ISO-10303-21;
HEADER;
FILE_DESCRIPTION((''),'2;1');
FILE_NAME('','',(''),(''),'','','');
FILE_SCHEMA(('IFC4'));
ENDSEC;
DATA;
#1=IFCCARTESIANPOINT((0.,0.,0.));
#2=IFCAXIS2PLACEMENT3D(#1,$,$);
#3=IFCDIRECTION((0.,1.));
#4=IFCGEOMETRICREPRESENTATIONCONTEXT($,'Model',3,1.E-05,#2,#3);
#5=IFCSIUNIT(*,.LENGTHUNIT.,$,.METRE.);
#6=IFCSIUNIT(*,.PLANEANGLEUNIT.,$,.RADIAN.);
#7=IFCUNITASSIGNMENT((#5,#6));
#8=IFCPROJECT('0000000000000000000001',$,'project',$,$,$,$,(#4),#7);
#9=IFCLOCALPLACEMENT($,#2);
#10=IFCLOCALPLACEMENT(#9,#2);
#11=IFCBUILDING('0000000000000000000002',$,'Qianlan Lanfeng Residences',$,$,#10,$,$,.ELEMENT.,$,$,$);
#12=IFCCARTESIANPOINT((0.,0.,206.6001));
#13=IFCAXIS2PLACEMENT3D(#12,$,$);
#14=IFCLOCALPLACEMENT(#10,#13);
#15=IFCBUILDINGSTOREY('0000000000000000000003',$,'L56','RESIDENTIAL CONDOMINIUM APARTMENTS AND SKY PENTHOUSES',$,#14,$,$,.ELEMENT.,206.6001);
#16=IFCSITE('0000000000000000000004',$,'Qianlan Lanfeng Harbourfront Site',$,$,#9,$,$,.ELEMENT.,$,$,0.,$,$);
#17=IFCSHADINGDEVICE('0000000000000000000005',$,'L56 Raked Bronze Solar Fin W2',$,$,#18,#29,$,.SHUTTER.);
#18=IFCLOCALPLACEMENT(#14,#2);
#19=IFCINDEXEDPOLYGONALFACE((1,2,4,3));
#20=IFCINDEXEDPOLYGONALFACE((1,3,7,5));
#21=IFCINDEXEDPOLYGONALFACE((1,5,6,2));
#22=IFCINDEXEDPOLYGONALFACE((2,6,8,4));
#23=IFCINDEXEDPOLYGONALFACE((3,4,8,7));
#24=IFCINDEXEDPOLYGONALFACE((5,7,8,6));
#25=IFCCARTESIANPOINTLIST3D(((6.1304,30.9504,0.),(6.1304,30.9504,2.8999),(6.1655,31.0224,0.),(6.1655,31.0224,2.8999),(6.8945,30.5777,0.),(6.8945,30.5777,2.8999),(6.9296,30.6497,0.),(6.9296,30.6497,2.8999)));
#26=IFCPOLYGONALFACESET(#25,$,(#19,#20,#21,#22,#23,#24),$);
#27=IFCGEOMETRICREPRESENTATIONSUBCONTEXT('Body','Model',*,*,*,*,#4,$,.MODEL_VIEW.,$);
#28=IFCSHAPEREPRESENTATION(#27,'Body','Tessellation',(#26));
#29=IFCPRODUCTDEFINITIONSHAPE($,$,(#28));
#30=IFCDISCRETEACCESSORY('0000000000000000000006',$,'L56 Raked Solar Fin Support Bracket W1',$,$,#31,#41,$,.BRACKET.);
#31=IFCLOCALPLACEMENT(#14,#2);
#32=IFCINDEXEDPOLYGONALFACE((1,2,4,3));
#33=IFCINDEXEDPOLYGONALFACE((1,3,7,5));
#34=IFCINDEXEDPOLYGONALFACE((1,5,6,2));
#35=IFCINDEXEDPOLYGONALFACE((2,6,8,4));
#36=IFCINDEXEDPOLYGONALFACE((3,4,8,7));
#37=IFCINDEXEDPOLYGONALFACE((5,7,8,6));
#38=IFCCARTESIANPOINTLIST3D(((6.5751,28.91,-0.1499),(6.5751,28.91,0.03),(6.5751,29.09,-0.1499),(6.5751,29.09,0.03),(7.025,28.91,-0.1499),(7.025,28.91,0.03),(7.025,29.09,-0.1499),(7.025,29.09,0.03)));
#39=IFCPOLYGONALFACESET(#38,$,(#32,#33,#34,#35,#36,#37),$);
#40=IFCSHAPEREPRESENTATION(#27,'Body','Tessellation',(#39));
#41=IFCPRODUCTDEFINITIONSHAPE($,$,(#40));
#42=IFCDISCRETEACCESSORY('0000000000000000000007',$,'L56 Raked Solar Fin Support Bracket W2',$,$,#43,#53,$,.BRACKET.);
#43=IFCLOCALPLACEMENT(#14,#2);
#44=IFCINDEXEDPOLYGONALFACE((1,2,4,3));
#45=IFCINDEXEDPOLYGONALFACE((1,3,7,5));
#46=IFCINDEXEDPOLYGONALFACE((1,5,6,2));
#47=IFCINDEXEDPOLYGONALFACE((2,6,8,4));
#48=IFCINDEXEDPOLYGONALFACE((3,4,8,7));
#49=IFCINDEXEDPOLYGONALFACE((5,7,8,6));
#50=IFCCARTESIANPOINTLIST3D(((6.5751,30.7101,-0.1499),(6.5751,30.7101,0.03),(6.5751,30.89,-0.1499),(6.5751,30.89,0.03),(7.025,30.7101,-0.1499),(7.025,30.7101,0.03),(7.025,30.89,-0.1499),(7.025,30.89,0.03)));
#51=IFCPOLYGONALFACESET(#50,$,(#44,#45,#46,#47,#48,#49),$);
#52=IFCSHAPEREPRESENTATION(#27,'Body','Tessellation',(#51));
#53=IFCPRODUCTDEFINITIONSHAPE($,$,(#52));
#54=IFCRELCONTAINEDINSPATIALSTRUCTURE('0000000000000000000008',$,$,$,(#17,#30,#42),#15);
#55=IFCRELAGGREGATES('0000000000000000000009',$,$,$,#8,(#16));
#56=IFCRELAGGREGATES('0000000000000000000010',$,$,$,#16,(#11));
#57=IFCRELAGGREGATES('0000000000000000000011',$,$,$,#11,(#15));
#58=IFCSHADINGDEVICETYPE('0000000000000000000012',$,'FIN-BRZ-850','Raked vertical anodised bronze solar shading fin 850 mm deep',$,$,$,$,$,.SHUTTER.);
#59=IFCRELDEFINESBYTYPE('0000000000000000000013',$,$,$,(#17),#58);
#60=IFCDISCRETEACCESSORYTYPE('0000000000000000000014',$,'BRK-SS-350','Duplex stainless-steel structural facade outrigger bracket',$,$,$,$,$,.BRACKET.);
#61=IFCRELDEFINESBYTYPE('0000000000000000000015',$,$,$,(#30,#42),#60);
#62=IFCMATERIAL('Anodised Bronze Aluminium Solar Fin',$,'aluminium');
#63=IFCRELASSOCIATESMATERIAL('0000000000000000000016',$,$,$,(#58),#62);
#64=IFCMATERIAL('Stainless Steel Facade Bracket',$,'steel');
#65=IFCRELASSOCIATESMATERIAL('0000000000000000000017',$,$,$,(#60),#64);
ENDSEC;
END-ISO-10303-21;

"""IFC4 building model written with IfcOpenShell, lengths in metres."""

from ifc_helpers import new_model, si_unit, direction, frame, origin, origin_2d, place, context, subcontext, project, spatial, rectangle, extrude, source, transform, mapped, material, type_object, element, save


model = new_model("IFC4")

# Units and contexts
model_context = context("Model", 3, precision=1e-05, world=origin(), true_north=direction((0.0, 1.0)))
body_context = subcontext(model_context, "Body", "Model", "MODEL_VIEW")
ifc_project = project(units=[si_unit("LENGTHUNIT", "METRE"), si_unit("PLANEANGLEUNIT", "RADIAN")], contexts=[model_context])

# Site, building, storey
site_placement = place(None, origin())
site = spatial("IfcSite", under=ifc_project, at=site_placement, Name="Qianlan Lanfeng Harbourfront Site", CompositionType="ELEMENT", RefElevation=0.0)
building_placement = place(site_placement, origin())
building = spatial("IfcBuilding", under=site, at=building_placement, Name="Qianlan Lanfeng Residences", CompositionType="ELEMENT")
storey_placement = place(building_placement, frame((0.0, 0.0, 206.6001)))
storey = spatial("IfcBuildingStorey", under=building, at=storey_placement, Name="L56", Description="RESIDENTIAL CONDOMINIUM APARTMENTS AND SKY PENTHOUSES", CompositionType="ELEMENT", Elevation=206.6001)

# Shading device
ifc_material_1 = material(Name="Anodised Bronze Aluminium Solar Fin", Category="aluminium")
shading_device_type = type_object("IfcShadingDeviceType", Name="FIN-BRZ-850", Description="Raked vertical anodised bronze solar shading fin 850 mm deep", PredefinedType="SHUTTER", material=ifc_material_1)
shared_shape_1 = source(origin(), body_context, "Body", "SweptSolid", [
    extrude(rectangle(XDim=0.8501, YDim=0.0801, at=origin_2d()), origin(), (0.0, 0.0, 1.0), 2.8999),
])
for number, where, z_axis, x_axis, name in (
    (1, (6.53, 30.8, 0.0), (0.0, 0.0, 1.0), (0.898794, -0.438371, 0.0), "L56 Raked Bronze Solar Fin W2"),
):
    element("IfcShadingDevice", number, at=place(storey_placement, frame(where, z_axis=z_axis, x_axis=x_axis)), inside=storey, type_object=shading_device_type, Name=name, PredefinedType="SHUTTER", context=body_context, shape_type="MappedRepresentation", body=[
        mapped(shared_shape_1, transform((0.0, 0.0, 0.0), scale=1.0)),
    ])

# Discrete accessories
ifc_material_2 = material(Name="Stainless Steel Facade Bracket", Category="steel")
discrete_accessory_type = type_object("IfcDiscreteAccessoryType", Name="BRK-SS-350", Description="Duplex stainless-steel structural facade outrigger bracket", PredefinedType="BRACKET", material=ifc_material_2)
shared_shape_2 = source(origin(), body_context, "Body", "SweptSolid", [
    extrude(rectangle(XDim=0.45, YDim=0.1799, at=origin_2d()), origin(), (0.0, 0.0, 1.0), 0.1799),
])
for number, where, z_axis, x_axis, name in (
    (2, (6.8, 29.0, -0.1499), (0.0, 0.0, 1.0), (1.0, 0.0, 0.0), "L56 Raked Solar Fin Support Bracket W1"),
    (3, (6.8, 30.8, -0.1499), (0.0, 0.0, 1.0), (1.0, 0.0, 0.0), "L56 Raked Solar Fin Support Bracket W2"),
):
    element("IfcDiscreteAccessory", number, at=place(storey_placement, frame(where, z_axis=z_axis, x_axis=x_axis)), inside=storey, type_object=discrete_accessory_type, Name=name, PredefinedType="BRACKET", context=body_context, shape_type="MappedRepresentation", body=[
        mapped(shared_shape_2, transform((0.0, 0.0, 0.0), scale=1.0)),
    ])

save(model, "model.ifc")
